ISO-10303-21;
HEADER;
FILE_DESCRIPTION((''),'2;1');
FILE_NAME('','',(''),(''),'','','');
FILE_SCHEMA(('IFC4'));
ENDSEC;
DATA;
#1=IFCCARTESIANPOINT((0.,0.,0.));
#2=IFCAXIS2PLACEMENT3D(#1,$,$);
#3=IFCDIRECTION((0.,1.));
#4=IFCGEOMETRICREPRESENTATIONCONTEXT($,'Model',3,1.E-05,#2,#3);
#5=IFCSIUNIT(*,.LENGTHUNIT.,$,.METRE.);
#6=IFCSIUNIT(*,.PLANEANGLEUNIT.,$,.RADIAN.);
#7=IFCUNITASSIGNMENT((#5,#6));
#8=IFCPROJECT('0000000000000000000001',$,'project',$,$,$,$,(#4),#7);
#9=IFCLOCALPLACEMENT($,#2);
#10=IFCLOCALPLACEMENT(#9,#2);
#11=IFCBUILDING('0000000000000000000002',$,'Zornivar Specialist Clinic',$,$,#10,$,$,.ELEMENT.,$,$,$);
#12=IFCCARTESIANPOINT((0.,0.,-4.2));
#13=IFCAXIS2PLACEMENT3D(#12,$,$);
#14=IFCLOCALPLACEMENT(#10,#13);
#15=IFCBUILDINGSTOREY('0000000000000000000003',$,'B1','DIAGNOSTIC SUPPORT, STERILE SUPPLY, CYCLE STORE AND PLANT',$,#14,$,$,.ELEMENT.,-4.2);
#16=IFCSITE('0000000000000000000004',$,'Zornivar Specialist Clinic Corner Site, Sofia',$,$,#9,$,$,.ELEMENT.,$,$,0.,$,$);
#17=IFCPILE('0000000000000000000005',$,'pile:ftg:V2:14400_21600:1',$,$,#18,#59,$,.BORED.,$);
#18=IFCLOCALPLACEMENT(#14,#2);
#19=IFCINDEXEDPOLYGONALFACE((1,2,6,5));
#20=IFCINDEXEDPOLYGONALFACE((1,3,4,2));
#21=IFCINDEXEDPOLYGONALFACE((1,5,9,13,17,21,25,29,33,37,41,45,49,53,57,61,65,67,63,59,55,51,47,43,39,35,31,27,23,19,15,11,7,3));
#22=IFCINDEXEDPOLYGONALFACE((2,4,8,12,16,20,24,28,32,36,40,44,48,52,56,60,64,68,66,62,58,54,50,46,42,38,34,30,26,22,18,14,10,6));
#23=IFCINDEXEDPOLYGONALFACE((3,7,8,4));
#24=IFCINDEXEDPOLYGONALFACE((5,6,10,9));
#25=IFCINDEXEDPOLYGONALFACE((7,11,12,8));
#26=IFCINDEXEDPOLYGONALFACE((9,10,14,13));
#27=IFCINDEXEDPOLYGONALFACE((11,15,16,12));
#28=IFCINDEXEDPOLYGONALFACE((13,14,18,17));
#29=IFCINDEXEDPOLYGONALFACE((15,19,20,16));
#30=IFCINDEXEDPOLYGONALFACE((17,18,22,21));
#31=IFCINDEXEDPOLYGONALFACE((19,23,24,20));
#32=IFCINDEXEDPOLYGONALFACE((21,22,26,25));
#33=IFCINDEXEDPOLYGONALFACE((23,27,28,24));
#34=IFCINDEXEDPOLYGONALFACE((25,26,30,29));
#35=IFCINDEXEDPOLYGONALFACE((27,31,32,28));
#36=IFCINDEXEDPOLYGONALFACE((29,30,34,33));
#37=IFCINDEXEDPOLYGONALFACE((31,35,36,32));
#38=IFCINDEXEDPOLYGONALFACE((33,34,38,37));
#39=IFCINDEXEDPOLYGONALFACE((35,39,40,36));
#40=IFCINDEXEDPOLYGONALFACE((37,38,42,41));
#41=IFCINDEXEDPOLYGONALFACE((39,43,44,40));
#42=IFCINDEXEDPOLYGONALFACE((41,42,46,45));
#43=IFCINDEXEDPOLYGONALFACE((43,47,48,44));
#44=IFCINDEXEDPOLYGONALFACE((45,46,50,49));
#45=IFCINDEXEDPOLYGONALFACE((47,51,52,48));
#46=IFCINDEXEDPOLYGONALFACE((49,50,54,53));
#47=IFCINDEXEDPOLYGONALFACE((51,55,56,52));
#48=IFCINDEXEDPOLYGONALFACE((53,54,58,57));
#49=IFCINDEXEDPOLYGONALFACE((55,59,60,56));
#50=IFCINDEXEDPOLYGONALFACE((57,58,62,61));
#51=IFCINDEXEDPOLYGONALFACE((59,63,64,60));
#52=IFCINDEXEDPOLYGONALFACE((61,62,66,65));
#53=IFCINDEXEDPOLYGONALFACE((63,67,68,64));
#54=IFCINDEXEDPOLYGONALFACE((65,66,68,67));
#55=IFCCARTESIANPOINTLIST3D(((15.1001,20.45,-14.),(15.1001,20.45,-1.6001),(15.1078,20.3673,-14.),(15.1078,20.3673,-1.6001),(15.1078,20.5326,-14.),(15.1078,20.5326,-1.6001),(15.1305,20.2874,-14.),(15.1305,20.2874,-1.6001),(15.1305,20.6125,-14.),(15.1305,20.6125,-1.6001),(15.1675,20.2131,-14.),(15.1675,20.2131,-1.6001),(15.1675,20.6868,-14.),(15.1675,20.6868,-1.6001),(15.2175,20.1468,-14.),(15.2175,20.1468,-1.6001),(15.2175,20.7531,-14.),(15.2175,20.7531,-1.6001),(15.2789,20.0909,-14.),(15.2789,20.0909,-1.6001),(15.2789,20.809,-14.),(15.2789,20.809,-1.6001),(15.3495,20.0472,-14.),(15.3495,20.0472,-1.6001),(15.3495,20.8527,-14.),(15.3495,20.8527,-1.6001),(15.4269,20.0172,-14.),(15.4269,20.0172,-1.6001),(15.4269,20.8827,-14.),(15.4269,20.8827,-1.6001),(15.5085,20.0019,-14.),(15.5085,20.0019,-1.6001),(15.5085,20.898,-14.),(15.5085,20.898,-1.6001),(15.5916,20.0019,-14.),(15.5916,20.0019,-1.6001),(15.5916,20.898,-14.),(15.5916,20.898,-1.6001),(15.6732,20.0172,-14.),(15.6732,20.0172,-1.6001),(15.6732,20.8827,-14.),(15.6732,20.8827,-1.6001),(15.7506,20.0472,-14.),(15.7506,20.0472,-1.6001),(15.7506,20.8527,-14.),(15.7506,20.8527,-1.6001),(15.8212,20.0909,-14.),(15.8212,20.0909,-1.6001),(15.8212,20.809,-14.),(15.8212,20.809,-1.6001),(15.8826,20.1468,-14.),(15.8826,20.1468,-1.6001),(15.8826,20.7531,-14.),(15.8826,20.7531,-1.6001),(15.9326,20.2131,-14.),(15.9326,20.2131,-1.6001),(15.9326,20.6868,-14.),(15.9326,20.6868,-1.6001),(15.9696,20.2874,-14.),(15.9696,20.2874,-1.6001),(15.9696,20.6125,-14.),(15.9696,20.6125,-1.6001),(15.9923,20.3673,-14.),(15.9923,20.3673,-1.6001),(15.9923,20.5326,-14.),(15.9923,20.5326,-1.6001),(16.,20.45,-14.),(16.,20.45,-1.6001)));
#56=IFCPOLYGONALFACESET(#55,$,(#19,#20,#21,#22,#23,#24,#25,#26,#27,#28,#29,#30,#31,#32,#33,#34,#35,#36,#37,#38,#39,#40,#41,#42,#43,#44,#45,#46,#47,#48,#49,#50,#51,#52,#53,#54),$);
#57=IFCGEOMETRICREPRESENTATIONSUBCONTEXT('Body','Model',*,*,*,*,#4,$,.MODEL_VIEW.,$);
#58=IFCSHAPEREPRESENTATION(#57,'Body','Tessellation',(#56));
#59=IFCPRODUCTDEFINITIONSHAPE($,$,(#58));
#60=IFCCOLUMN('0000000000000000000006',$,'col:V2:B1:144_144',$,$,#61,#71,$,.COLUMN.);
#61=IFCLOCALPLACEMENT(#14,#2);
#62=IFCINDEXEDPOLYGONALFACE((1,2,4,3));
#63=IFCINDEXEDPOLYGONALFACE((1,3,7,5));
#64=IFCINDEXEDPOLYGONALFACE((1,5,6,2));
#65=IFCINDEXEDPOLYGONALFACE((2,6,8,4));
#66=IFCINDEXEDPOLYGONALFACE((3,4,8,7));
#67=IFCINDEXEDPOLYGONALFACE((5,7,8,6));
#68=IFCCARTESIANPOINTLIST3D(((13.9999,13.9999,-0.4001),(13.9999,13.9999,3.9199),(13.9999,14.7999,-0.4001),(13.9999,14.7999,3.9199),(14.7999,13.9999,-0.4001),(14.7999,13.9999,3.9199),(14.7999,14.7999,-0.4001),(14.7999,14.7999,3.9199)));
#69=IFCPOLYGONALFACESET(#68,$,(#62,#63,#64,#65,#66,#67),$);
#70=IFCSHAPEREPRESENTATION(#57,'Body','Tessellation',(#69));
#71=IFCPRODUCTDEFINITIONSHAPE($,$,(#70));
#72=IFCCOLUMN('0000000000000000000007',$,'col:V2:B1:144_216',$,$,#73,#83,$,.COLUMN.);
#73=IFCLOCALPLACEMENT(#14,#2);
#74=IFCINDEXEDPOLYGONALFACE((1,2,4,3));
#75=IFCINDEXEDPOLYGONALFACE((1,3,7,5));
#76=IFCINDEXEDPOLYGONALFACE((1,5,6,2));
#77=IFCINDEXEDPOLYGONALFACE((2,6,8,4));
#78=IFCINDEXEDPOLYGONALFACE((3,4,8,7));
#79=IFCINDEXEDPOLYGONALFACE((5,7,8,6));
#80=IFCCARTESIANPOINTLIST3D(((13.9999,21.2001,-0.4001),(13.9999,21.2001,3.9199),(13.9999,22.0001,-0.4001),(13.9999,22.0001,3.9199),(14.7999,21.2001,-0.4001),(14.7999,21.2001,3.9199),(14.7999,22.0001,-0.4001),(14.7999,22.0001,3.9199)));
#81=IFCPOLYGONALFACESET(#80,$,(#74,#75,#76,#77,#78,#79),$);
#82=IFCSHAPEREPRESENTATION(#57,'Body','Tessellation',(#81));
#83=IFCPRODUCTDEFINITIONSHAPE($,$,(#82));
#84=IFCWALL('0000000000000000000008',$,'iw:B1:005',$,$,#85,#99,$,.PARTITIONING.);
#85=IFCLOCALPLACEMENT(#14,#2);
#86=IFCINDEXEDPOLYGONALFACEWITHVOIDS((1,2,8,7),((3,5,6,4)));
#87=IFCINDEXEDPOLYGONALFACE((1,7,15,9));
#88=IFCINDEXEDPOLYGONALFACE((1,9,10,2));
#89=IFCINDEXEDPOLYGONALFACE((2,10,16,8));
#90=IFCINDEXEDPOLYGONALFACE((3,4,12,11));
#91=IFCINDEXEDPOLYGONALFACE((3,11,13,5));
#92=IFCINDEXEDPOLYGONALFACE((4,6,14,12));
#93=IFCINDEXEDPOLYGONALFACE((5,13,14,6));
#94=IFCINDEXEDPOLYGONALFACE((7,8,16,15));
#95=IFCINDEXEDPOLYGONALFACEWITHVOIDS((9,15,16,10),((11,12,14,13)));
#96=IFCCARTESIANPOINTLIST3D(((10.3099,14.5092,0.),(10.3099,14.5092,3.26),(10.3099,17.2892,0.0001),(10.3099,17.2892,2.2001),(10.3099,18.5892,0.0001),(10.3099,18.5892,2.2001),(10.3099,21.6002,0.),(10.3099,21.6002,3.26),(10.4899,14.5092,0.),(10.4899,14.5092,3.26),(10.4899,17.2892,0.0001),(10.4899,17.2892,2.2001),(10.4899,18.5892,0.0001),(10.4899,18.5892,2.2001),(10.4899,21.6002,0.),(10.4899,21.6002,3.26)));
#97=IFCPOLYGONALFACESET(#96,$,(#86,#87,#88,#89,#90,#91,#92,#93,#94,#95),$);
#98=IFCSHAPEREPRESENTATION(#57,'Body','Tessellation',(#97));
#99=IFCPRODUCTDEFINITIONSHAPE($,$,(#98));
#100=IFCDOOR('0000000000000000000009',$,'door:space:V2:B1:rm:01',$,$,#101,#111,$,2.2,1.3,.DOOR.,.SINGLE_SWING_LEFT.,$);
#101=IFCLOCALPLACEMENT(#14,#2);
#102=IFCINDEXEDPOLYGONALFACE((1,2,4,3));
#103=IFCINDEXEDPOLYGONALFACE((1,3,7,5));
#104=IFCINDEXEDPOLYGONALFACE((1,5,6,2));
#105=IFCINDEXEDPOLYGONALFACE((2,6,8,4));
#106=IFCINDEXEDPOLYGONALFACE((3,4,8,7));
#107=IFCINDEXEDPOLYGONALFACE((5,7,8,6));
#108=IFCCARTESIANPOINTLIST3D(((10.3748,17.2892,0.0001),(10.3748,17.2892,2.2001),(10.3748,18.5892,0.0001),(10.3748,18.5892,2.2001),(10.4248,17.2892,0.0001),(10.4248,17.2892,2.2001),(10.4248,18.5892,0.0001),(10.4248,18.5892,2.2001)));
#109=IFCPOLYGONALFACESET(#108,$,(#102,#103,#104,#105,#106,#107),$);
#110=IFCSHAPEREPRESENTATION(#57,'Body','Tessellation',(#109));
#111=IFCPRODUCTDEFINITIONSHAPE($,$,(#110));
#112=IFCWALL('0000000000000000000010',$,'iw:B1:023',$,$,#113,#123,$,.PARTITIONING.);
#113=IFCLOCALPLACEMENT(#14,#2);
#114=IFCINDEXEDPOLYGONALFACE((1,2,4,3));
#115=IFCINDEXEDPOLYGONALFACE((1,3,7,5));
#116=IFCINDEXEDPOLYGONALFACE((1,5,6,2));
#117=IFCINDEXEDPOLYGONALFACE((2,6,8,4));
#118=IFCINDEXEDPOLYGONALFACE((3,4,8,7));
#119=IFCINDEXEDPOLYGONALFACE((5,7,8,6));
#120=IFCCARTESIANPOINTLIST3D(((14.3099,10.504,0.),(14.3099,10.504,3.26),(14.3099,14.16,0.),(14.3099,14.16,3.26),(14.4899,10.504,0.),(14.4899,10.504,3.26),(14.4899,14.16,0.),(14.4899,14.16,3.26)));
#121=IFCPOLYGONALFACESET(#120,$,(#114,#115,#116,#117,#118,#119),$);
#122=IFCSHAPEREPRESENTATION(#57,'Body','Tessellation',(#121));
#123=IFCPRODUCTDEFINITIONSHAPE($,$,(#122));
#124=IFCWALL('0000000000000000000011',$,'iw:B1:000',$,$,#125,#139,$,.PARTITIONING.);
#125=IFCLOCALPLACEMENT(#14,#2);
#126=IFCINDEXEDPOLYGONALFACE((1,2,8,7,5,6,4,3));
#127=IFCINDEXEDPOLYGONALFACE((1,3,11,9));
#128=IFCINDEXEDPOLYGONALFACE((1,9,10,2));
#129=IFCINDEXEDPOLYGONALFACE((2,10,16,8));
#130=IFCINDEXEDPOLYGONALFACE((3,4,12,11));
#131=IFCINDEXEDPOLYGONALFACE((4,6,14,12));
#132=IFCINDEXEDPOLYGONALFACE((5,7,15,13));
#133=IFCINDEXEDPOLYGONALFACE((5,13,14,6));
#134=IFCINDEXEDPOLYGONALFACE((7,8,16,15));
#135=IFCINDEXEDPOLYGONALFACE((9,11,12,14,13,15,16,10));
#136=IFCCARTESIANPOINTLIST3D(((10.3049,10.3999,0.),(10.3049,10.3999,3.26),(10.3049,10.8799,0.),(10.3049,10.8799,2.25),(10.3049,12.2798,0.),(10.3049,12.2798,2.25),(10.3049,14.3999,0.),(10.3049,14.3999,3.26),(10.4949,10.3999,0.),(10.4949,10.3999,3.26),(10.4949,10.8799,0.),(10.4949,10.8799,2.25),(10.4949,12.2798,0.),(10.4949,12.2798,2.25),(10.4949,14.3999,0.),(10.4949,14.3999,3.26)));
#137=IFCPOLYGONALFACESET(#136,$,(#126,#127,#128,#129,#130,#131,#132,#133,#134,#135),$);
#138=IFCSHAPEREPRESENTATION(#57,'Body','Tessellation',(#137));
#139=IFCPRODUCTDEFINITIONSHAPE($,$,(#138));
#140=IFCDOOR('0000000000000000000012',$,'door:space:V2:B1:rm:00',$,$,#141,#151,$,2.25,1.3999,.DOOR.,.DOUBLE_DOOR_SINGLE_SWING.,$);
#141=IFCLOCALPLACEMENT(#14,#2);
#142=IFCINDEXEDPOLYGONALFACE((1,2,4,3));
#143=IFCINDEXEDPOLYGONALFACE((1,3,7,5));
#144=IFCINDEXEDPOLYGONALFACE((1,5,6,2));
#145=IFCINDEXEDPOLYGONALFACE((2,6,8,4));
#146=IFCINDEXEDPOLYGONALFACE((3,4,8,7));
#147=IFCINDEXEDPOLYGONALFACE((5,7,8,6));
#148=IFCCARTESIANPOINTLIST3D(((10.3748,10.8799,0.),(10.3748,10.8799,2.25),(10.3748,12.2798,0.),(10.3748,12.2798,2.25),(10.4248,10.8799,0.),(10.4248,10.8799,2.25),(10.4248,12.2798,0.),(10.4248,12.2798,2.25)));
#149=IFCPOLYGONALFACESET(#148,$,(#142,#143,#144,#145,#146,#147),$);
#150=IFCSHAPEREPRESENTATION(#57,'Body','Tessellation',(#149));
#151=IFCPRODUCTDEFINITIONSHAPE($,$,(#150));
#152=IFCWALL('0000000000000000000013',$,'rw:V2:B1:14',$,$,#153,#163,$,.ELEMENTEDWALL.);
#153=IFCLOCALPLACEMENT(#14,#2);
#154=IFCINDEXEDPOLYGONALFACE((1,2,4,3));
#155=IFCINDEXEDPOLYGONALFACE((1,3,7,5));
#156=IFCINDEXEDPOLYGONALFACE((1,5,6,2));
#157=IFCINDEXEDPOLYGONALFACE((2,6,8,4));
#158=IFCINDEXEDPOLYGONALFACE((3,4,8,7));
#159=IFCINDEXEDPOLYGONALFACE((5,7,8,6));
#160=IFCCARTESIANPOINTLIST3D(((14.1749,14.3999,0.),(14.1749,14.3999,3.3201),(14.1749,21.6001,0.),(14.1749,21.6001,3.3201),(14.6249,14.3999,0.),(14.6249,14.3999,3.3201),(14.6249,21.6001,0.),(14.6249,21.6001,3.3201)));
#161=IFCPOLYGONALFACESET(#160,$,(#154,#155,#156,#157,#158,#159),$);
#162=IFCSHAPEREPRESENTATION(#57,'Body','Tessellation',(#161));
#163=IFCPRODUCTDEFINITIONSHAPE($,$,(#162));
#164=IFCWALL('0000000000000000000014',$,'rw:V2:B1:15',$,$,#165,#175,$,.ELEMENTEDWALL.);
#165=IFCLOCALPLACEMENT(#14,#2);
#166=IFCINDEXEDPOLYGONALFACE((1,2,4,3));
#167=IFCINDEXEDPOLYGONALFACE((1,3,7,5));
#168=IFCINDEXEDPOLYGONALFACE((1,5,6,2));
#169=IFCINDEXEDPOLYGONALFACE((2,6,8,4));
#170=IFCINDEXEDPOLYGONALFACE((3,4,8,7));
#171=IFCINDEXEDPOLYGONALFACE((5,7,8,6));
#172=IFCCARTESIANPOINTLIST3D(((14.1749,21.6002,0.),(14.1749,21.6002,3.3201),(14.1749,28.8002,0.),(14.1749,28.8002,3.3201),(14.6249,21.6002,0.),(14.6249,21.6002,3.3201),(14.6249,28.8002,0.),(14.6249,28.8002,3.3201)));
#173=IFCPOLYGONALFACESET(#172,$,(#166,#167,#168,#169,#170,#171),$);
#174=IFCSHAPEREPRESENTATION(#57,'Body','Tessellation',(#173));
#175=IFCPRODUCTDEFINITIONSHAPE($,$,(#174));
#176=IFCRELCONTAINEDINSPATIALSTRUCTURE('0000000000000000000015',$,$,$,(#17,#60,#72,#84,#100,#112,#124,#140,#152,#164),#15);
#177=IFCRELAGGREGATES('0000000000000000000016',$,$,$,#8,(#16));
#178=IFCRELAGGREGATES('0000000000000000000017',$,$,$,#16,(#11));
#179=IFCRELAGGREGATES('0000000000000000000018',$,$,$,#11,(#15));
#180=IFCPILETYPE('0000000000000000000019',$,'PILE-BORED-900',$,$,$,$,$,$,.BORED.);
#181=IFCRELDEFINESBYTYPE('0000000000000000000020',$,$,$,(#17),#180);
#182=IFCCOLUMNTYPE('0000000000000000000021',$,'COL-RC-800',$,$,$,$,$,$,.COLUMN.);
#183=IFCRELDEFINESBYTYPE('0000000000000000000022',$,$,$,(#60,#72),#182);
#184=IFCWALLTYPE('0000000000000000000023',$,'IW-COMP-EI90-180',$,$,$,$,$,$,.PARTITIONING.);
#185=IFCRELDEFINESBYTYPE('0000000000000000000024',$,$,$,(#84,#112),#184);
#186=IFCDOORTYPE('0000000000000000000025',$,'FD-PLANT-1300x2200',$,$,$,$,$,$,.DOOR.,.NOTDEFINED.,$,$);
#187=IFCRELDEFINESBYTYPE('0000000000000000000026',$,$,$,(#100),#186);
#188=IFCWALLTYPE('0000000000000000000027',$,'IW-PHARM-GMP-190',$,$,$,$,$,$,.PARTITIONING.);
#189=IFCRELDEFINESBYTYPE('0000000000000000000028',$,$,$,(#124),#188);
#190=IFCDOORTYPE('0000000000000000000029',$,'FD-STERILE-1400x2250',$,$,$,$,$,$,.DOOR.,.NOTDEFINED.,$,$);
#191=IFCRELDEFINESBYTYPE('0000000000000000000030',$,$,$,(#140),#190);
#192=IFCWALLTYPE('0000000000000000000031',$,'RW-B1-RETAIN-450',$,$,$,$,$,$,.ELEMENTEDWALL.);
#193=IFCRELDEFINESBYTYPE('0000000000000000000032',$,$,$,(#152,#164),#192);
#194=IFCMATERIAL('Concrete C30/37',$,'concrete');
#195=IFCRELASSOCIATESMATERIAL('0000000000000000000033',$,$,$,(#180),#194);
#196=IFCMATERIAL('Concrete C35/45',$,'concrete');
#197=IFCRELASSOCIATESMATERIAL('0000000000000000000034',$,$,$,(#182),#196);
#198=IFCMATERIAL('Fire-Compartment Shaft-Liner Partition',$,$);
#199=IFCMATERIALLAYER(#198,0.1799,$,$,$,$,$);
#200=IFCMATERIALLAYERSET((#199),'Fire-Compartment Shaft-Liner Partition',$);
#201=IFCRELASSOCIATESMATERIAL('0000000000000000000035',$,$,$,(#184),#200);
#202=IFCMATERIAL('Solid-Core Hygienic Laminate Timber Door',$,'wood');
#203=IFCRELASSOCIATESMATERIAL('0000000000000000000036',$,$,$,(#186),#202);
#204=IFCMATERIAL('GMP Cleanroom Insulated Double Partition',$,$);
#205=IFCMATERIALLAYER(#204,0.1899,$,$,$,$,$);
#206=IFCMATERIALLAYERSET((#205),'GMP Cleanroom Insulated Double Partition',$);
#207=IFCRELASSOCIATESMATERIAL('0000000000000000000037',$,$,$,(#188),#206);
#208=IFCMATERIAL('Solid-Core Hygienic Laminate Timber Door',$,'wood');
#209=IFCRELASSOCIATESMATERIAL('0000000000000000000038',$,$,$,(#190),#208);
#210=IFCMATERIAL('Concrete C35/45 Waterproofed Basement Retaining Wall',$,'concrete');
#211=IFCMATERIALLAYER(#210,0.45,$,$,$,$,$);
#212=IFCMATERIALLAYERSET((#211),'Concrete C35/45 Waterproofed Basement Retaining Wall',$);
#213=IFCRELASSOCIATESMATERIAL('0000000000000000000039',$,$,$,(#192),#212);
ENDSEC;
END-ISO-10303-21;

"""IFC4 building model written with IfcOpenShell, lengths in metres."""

from ifc_helpers import new_model, si_unit, direction, frame, frame_2d, origin, origin_2d, place, context, subcontext, project, spatial, rectangle, circle, extrude, material, layer, layer_set, material_profile, profile_set, type_object, element, fill, save


model = new_model("IFC4")

# Units and contexts
model_context = context("Model", 3, precision=1e-05, world=origin(), true_north=direction((0.0, 1.0)))
body_context = subcontext(model_context, "Body", "Model", "MODEL_VIEW")
ifc_project = project(units=[si_unit("LENGTHUNIT", "METRE"), si_unit("PLANEANGLEUNIT", "RADIAN")], contexts=[model_context])

# Site, building, storey
site_placement = place(None, origin())
site = spatial("IfcSite", under=ifc_project, at=site_placement, Name="Zornivar Specialist Clinic Corner Site, Sofia", CompositionType="ELEMENT", RefElevation=0.0)
building_placement = place(site_placement, origin())
building = spatial("IfcBuilding", under=site, at=building_placement, Name="Zornivar Specialist Clinic", CompositionType="ELEMENT")
storey_placement = place(building_placement, frame((0.0, 0.0, -4.2)))
storey = spatial("IfcBuildingStorey", under=building, at=storey_placement, Name="B1", Description="DIAGNOSTIC SUPPORT, STERILE SUPPLY, CYCLE STORE AND PLANT", CompositionType="ELEMENT", Elevation=-4.2)

# Pile
ifc_material_1 = material(Name="Concrete C30/37", Category="concrete")
ifc_material_profile_1 = material_profile(ifc_material_1, circle(Radius=0.45, at=origin_2d()), Name="PILE D900")
ifc_profile_set_1 = profile_set([ifc_material_profile_1], Name="Concrete C30/37")
pile_type = type_object("IfcPileType", Name="PILE-BORED-900", PredefinedType="BORED", material=ifc_profile_set_1)
for number, where, z_axis, x_axis, name in (
    (1, (15.55, 20.45, -1.6001), (0.0, 0.0, -1.0), (1.0, 0.0, 0.0), "pile:ftg:V2:14400_21600:1"),
):
    element("IfcPile", number, at=place(storey_placement, frame(where, z_axis=z_axis, x_axis=x_axis)), inside=storey, type_object=pile_type, Name=name, PredefinedType="BORED", context=body_context, shape_type="SweptSolid", body=[
        extrude(circle(Radius=0.45, at=origin_2d()), origin(), (0.0, 0.0, 1.0), 12.3999),
    ])

# Columns
ifc_material_2 = material(Name="Concrete C35/45", Category="concrete")
ifc_material_profile_2 = material_profile(ifc_material_2, rectangle(XDim=0.8, YDim=0.8, at=origin_2d()), Name="RC 800x800")
ifc_profile_set_2 = profile_set([ifc_material_profile_2], Name="Concrete C35/45")
column_type = type_object("IfcColumnType", Name="COL-RC-800", PredefinedType="COLUMN", material=ifc_profile_set_2)
for number, where, z_axis, x_axis, name in (
    (2, (14.3999, 14.3999, -0.4001), (0.0, 0.0, 1.0), (1.0, 0.0, 0.0), "col:V2:B1:144_144"),
    (3, (14.3999, 21.6001, -0.4001), (0.0, 0.0, 1.0), (1.0, 0.0, 0.0), "col:V2:B1:144_216"),
):
    element("IfcColumn", number, at=place(storey_placement, frame(where, z_axis=z_axis, x_axis=x_axis)), inside=storey, type_object=column_type, Name=name, PredefinedType="COLUMN", context=body_context, shape_type="SweptSolid", body=[
        extrude(rectangle(XDim=0.8, YDim=0.8, at=origin_2d()), origin(), (0.0, 0.0, 1.0), 4.3201),
    ])

# Wall, opening, door
ifc_material_3 = material(Name="Fire-Compartment Shaft-Liner Partition")
ifc_layer_1 = layer(ifc_material_3, 0.1799)
ifc_layer_set_1 = layer_set([ifc_layer_1], Name="Fire-Compartment Shaft-Liner Partition")
wall_type_1 = type_object("IfcWallType", Name="IW-COMP-EI90-180", PredefinedType="PARTITIONING", material=ifc_layer_set_1)
wall_1_placement = place(storey_placement, frame((10.3999, 21.6001, 0.0), z_axis=(0.0, 0.0, 1.0), x_axis=(0.0, -1.0, 0.0)))
wall_1 = element("IfcWall", 4, at=wall_1_placement, inside=storey, type_object=wall_type_1, Name="iw:B1:005", PredefinedType="PARTITIONING", context=body_context, shape_type="SweptSolid", body=[
    extrude(rectangle(XDim=7.0911, YDim=0.1799, at=frame_2d((3.5454, 0.0))), origin(), (0.0, 0.0, 1.0), 3.26),
])
opening_1_placement = place(wall_1_placement, frame((3.011, 0.0, 0.0)))
opening_1 = element("IfcOpeningElement", 5, at=opening_1_placement, cuts=wall_1, PredefinedType="OPENING", context=body_context, shape_type="SweptSolid", body=[
    extrude(rectangle(XDim=1.3, YDim=2.2, at=frame_2d((0.6499, 1.1001))), frame((0.0, 0.0999, 0.0), z_axis=(0.0, -1.0, 0.0), x_axis=(1.0, 0.0, 0.0)), (0.0, 0.0, 1.0), 0.2),
])
ifc_material_4 = material(Name="Solid-Core Hygienic Laminate Timber Door", Category="wood")
door_type_1 = type_object("IfcDoorType", Name="FD-PLANT-1300x2200", OperationType="NOTDEFINED", PredefinedType="DOOR", material=ifc_material_4)
door_1_placement = place(opening_1_placement, origin())
door_1 = element("IfcDoor", 6, at=door_1_placement, inside=storey, type_object=door_type_1, Name="door:space:V2:B1:rm:01", OperationType="SINGLE_SWING_LEFT", OverallHeight=2.2, OverallWidth=1.3, PredefinedType="DOOR", context=body_context, shape_type="SweptSolid", body=[
    extrude(rectangle(XDim=1.3, YDim=2.2, at=frame_2d((0.6499, 1.1001))), frame((0.0, 0.0249, 0.0), z_axis=(0.0, -1.0, 0.0), x_axis=(1.0, 0.0, 0.0)), (0.0, 0.0, 1.0), 0.05),
])
fill(opening_1, door_1)

# Wall
wall_2_placement = place(storey_placement, frame((14.3999, 10.5039, 0.0), z_axis=(0.0, 0.0, 1.0), x_axis=(0.0, 1.0, 0.0)))
element("IfcWall", 7, at=wall_2_placement, inside=storey, type_object=wall_type_1, Name="iw:B1:023", PredefinedType="PARTITIONING", context=body_context, shape_type="SweptSolid", body=[
    extrude(rectangle(XDim=3.656, YDim=0.1799, at=frame_2d((1.8281, 0.0))), origin(), (0.0, 0.0, 1.0), 3.26),
])

# Wall, opening, door
ifc_material_5 = material(Name="GMP Cleanroom Insulated Double Partition")
ifc_layer_2 = layer(ifc_material_5, 0.1899)
ifc_layer_set_2 = layer_set([ifc_layer_2], Name="GMP Cleanroom Insulated Double Partition")
wall_type_2 = type_object("IfcWallType", Name="IW-PHARM-GMP-190", PredefinedType="PARTITIONING", material=ifc_layer_set_2)
wall_3_placement = place(storey_placement, frame((10.3999, 14.3999, 0.0), z_axis=(0.0, 0.0, 1.0), x_axis=(0.0, -1.0, 0.0)))
wall_3 = element("IfcWall", 8, at=wall_3_placement, inside=storey, type_object=wall_type_2, Name="iw:B1:000", PredefinedType="PARTITIONING", context=body_context, shape_type="SweptSolid", body=[
    extrude(rectangle(XDim=4.0, YDim=0.1899, at=frame_2d((2.0, 0.0))), origin(), (0.0, 0.0, 1.0), 3.26),
])
opening_2_placement = place(wall_3_placement, frame((2.1201, 0.0, 0.0)))
opening_2 = element("IfcOpeningElement", 9, at=opening_2_placement, cuts=wall_3, PredefinedType="OPENING", context=body_context, shape_type="SweptSolid", body=[
    extrude(rectangle(XDim=1.3999, YDim=2.25, at=frame_2d((0.7, 1.125))), frame((0.0, 0.105, 0.0), z_axis=(0.0, -1.0, 0.0), x_axis=(1.0, 0.0, 0.0)), (0.0, 0.0, 1.0), 0.21),
])
ifc_material_6 = material(Name="Solid-Core Hygienic Laminate Timber Door", Category="wood")
door_type_2 = type_object("IfcDoorType", Name="FD-STERILE-1400x2250", OperationType="NOTDEFINED", PredefinedType="DOOR", material=ifc_material_6)
door_2_placement = place(opening_2_placement, origin())
door_2 = element("IfcDoor", 10, at=door_2_placement, inside=storey, type_object=door_type_2, Name="door:space:V2:B1:rm:00", OperationType="DOUBLE_DOOR_SINGLE_SWING", OverallHeight=2.25, OverallWidth=1.3999, PredefinedType="DOOR", context=body_context, shape_type="SweptSolid", body=[
    extrude(rectangle(XDim=1.3999, YDim=2.25, at=frame_2d((0.7, 1.125))), frame((0.0, 0.0249, 0.0), z_axis=(0.0, -1.0, 0.0), x_axis=(1.0, 0.0, 0.0)), (0.0, 0.0, 1.0), 0.05),
])
fill(opening_2, door_2)

# Walls
ifc_material_7 = material(Name="Concrete C35/45 Waterproofed Basement Retaining Wall", Category="concrete")
ifc_layer_3 = layer(ifc_material_7, 0.45)
ifc_layer_set_3 = layer_set([ifc_layer_3], Name="Concrete C35/45 Waterproofed Basement Retaining Wall")
wall_type_3 = type_object("IfcWallType", Name="RW-B1-RETAIN-450", PredefinedType="ELEMENTEDWALL", material=ifc_layer_set_3)
wall_4_placement = place(storey_placement, frame((14.3999, 14.3999, 0.0), z_axis=(0.0, 0.0, 1.0), x_axis=(0.0, 1.0, 0.0)))
element("IfcWall", 11, at=wall_4_placement, inside=storey, type_object=wall_type_3, Name="rw:V2:B1:14", PredefinedType="ELEMENTEDWALL", context=body_context, shape_type="SweptSolid", body=[
    extrude(rectangle(XDim=7.2002, YDim=0.45, at=frame_2d((3.6001, 0.0))), origin(), (0.0, 0.0, 1.0), 3.3201),
])
wall_5_placement = place(storey_placement, frame((14.3999, 21.6001, 0.0), z_axis=(0.0, 0.0, 1.0), x_axis=(0.0, 1.0, 0.0)))
element("IfcWall", 12, at=wall_5_placement, inside=storey, type_object=wall_type_3, Name="rw:V2:B1:15", PredefinedType="ELEMENTEDWALL", context=body_context, shape_type="SweptSolid", body=[
    extrude(rectangle(XDim=7.2, YDim=0.45, at=frame_2d((3.6001, 0.0))), origin(), (0.0, 0.0, 1.0), 3.3201),
])

save(model, "model.ifc")
